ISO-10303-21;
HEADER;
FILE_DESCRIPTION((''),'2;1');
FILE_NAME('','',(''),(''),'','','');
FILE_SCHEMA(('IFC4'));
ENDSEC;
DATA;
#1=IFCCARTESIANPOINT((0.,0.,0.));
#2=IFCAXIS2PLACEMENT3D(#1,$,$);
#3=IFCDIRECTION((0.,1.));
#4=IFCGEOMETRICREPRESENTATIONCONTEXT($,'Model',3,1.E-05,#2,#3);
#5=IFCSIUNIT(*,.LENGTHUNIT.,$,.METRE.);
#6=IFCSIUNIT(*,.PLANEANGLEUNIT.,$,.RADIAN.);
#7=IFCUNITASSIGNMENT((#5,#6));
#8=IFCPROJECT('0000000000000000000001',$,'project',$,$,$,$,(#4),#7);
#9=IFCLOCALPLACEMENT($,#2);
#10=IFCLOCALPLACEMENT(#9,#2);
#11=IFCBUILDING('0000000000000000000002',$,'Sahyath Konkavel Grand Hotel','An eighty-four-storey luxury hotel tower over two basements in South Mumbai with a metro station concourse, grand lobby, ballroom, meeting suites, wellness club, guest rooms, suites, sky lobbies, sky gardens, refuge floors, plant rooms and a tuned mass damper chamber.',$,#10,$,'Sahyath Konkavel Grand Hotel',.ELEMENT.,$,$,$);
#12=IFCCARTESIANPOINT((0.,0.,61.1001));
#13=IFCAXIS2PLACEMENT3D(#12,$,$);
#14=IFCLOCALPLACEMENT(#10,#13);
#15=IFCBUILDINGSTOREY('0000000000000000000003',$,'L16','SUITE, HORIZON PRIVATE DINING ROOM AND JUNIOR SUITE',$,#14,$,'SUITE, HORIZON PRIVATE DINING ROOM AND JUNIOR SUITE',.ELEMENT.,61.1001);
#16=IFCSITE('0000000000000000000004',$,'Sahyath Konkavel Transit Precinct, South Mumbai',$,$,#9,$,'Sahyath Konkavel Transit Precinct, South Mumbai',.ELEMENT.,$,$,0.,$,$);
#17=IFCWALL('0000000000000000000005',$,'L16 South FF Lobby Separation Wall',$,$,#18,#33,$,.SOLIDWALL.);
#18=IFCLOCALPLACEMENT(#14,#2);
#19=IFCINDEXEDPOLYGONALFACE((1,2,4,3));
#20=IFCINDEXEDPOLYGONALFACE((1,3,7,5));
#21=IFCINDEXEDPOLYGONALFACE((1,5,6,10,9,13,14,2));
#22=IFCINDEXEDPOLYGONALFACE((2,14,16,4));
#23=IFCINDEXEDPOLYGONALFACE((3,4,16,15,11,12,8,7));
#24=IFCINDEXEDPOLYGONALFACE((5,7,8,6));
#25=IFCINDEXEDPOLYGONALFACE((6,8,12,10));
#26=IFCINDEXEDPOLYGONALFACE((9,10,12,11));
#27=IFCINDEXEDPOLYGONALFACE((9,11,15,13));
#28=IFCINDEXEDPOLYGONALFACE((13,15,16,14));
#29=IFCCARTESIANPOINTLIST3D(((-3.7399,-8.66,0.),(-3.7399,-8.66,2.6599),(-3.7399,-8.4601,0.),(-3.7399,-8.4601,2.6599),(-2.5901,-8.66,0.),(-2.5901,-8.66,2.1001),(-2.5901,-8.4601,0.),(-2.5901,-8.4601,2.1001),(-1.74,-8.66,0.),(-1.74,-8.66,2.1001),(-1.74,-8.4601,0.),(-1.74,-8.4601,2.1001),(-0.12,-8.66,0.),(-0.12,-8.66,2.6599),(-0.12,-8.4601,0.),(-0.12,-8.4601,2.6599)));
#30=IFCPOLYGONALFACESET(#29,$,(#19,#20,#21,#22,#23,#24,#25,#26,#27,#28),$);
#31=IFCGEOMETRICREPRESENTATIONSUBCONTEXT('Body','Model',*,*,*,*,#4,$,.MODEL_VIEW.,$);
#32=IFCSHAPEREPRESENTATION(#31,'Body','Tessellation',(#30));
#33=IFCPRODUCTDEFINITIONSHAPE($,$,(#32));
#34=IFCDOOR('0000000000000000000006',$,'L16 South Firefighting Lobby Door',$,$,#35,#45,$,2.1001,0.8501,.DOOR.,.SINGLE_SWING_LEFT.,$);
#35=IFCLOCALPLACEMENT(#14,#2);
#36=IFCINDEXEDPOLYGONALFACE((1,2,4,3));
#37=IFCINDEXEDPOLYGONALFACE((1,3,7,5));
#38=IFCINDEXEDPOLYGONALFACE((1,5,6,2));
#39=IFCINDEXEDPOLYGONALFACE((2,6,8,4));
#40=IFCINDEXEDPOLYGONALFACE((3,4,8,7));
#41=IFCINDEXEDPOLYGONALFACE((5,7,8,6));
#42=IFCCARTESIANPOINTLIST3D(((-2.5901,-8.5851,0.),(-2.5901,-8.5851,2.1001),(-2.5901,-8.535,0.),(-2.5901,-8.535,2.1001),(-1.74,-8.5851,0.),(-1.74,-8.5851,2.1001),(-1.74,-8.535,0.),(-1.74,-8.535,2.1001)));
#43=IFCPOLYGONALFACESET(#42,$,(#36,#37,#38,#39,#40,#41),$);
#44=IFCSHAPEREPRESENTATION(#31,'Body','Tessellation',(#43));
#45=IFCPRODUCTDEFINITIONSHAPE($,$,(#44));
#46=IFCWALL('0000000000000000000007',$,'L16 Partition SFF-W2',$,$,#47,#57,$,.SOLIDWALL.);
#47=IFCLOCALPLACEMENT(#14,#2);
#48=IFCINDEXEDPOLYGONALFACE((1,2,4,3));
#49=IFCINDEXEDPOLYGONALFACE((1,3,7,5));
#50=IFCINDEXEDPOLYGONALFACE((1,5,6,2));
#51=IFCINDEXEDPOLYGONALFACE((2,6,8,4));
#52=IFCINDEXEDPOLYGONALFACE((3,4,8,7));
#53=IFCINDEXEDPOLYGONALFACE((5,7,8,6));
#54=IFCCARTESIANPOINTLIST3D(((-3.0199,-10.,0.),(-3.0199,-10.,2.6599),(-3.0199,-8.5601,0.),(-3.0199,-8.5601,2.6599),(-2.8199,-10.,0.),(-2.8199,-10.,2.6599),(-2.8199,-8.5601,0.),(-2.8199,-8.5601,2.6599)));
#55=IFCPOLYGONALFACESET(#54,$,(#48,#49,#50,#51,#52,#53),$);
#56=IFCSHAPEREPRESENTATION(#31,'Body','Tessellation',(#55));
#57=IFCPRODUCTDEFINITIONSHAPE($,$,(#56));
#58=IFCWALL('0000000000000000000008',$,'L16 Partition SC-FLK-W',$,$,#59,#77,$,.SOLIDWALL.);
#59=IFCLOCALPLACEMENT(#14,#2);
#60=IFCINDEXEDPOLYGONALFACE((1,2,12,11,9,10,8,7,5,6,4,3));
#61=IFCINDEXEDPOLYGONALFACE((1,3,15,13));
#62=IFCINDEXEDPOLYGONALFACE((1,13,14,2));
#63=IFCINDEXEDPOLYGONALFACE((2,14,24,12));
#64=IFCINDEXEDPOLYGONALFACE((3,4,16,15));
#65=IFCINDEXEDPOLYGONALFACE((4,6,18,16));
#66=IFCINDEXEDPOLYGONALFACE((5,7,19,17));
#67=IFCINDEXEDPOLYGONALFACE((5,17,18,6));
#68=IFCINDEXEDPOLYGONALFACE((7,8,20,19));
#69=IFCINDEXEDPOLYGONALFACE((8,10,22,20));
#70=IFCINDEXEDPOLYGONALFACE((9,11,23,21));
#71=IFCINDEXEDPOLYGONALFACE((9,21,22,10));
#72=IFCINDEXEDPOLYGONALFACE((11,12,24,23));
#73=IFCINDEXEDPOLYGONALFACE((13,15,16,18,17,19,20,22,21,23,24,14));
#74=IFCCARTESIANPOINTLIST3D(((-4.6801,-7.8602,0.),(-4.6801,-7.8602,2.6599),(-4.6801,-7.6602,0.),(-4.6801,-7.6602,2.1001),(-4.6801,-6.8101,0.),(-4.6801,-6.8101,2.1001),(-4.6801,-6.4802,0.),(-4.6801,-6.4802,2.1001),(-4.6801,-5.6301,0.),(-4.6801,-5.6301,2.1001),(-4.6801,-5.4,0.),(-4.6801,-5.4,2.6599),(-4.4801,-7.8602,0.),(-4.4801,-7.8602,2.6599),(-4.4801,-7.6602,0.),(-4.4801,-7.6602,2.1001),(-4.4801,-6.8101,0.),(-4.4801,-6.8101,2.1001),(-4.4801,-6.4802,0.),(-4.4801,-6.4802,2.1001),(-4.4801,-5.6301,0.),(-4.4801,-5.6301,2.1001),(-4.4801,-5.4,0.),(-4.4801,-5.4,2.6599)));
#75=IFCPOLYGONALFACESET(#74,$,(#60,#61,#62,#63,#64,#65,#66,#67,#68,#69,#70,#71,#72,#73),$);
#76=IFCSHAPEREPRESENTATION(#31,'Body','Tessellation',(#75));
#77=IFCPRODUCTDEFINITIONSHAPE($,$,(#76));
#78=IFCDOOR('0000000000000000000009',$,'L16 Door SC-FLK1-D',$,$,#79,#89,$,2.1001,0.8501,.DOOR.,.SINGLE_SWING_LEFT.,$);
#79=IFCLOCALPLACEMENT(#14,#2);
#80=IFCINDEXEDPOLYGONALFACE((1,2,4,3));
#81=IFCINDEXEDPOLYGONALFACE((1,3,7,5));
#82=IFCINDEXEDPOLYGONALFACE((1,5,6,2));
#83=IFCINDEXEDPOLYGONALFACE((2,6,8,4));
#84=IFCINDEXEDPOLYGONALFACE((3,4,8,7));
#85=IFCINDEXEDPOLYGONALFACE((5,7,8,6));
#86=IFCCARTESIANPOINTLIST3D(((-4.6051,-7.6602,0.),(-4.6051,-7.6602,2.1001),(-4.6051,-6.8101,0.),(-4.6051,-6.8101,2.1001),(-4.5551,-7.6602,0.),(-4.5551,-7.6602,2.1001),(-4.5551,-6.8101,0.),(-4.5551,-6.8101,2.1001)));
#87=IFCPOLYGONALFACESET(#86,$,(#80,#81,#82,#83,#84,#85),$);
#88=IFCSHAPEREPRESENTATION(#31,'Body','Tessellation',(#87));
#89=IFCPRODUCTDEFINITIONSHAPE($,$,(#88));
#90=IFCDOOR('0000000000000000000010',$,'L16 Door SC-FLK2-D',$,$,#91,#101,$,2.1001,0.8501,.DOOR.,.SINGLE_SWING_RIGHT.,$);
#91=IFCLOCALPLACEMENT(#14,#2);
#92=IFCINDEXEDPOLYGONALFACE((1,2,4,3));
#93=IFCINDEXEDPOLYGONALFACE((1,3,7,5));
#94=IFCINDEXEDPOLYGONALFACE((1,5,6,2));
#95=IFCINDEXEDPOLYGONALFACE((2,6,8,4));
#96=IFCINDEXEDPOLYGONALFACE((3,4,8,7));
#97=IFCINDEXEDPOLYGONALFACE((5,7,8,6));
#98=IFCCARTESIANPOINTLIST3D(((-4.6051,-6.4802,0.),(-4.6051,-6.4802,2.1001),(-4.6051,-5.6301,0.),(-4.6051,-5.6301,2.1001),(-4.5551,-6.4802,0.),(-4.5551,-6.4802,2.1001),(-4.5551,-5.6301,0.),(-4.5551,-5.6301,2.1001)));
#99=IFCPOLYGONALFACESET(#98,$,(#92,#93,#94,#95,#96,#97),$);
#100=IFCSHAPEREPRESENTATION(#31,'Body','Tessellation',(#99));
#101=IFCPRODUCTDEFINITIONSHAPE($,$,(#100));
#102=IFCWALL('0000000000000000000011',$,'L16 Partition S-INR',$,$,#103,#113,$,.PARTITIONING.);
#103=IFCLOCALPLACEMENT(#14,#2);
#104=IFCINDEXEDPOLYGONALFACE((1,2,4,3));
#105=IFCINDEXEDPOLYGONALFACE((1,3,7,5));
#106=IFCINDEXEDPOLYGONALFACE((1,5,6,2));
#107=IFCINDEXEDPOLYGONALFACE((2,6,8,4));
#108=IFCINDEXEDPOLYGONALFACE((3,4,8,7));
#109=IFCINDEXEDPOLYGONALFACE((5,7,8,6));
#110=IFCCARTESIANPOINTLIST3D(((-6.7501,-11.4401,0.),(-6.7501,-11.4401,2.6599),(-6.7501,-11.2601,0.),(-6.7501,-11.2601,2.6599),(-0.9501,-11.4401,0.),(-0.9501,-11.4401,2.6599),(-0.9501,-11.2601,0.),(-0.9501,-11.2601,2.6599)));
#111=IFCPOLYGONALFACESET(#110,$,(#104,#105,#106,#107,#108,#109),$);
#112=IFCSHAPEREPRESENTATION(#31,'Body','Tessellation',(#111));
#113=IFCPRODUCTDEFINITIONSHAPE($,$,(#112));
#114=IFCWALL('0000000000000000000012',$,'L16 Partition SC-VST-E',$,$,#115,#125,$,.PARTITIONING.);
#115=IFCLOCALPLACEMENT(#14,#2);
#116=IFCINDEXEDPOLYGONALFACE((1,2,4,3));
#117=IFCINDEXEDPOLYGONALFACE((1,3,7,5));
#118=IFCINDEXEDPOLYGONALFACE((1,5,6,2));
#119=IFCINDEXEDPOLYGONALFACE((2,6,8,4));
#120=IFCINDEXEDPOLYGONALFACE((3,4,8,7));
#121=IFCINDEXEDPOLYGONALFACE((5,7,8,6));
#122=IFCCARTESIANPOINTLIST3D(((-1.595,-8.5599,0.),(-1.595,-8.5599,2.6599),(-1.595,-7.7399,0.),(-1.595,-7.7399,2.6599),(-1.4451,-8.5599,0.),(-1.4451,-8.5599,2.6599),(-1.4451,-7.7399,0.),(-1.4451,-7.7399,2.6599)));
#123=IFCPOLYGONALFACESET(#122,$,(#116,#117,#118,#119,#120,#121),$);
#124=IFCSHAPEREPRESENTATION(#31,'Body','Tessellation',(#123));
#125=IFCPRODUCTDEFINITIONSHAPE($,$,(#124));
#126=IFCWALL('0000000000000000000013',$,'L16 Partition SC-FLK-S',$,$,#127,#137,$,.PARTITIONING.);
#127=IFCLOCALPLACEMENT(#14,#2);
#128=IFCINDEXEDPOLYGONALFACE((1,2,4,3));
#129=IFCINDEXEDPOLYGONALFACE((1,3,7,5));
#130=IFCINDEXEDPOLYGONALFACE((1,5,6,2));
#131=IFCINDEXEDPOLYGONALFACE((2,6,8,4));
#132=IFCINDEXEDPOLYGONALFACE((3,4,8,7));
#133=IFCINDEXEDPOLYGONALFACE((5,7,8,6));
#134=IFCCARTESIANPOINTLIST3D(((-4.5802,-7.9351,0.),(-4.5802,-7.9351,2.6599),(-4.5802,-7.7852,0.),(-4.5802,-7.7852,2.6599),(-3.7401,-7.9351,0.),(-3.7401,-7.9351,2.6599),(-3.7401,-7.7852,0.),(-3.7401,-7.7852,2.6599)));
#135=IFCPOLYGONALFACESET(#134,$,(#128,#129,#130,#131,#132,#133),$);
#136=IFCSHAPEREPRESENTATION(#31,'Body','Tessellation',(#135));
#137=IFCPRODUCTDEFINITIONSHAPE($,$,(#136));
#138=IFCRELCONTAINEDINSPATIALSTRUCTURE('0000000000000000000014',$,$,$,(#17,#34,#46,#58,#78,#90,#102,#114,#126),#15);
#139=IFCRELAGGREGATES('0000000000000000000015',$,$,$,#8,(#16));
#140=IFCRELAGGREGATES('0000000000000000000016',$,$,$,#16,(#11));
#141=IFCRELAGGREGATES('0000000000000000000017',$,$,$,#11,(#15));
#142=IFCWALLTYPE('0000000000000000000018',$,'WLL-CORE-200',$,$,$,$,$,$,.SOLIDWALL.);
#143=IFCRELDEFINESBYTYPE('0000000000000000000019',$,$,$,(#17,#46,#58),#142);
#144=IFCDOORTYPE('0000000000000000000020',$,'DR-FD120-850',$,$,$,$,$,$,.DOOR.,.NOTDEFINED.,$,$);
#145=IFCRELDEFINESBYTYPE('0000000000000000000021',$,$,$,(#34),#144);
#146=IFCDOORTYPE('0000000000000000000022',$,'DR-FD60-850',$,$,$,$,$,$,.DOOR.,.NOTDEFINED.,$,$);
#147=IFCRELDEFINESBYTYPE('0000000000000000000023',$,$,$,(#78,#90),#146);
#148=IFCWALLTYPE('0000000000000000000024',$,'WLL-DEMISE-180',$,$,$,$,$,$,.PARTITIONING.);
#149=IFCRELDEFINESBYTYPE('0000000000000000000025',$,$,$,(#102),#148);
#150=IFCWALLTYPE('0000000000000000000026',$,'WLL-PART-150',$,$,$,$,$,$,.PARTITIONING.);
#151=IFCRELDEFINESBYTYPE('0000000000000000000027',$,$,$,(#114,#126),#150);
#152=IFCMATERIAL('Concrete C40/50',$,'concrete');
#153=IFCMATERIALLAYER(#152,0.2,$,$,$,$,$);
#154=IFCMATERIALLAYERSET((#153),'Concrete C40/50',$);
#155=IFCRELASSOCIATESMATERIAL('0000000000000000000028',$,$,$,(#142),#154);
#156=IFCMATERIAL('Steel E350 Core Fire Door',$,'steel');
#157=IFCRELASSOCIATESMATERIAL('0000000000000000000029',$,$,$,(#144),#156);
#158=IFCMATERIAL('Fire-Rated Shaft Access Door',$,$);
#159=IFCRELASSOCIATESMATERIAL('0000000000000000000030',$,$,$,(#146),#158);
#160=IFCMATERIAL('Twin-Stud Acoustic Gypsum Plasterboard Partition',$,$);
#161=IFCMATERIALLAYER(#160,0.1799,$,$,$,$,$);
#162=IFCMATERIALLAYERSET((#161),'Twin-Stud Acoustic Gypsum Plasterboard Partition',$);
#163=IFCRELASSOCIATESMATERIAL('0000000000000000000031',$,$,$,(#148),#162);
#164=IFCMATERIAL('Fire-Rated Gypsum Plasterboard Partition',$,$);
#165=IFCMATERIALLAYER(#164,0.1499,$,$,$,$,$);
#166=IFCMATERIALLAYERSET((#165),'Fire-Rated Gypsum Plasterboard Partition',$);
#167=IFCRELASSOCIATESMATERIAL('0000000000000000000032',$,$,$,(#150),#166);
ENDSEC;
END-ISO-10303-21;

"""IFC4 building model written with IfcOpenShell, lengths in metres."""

from ifc_helpers import new_model, si_unit, direction, frame, frame_2d, origin, origin_2d, place, context, subcontext, project, spatial, rectangle, extrude, source, transform, mapped, material, layer, layer_set, type_object, element, fill, save


model = new_model("IFC4")

# Units and contexts
model_context = context("Model", 3, precision=1e-05, world=origin(), true_north=direction((0.0, 1.0)))
body_context = subcontext(model_context, "Body", "Model", "MODEL_VIEW")
ifc_project = project(units=[si_unit("LENGTHUNIT", "METRE"), si_unit("PLANEANGLEUNIT", "RADIAN")], contexts=[model_context])

# Site, building, storey
site_placement = place(None, origin())
site = spatial("IfcSite", under=ifc_project, at=site_placement, Name="Sahyath Konkavel Transit Precinct, South Mumbai", LongName="Sahyath Konkavel Transit Precinct, South Mumbai", CompositionType="ELEMENT", RefElevation=0.0)
building_placement = place(site_placement, origin())
building = spatial("IfcBuilding", under=site, at=building_placement, Name="Sahyath Konkavel Grand Hotel", Description="An eighty-four-storey luxury hotel tower over two basements in South Mumbai with a metro station concourse, grand lobby, ballroom, meeting suites, wellness club, guest rooms, suites, sky lobbies, sky gardens, refuge floors, plant rooms and a tuned mass damper chamber.", LongName="Sahyath Konkavel Grand Hotel", CompositionType="ELEMENT")
storey_placement = place(building_placement, frame((0.0, 0.0, 61.1001)))
storey = spatial("IfcBuildingStorey", under=building, at=storey_placement, Name="L16", Description="SUITE, HORIZON PRIVATE DINING ROOM AND JUNIOR SUITE", LongName="SUITE, HORIZON PRIVATE DINING ROOM AND JUNIOR SUITE", CompositionType="ELEMENT", Elevation=61.1001)

# Shared definitions
ifc_material_1 = material(Name="Concrete C40/50", Category="concrete")
ifc_layer_1 = layer(ifc_material_1, 0.2)
ifc_layer_set_1 = layer_set([ifc_layer_1], Name="Concrete C40/50")
wall_type_1 = type_object("IfcWallType", Name="WLL-CORE-200", PredefinedType="SOLIDWALL", material=ifc_layer_set_1)

# Wall, opening, door
wall_1_placement = place(storey_placement, frame((-3.74, -8.5601, 0.0), z_axis=(0.0, 0.0, 1.0), x_axis=(1.0, 0.0, 0.0)))
wall_1 = element("IfcWall", 1, at=wall_1_placement, inside=storey, type_object=wall_type_1, Name="L16 South FF Lobby Separation Wall", PredefinedType="SOLIDWALL", context=body_context, shape_type="SweptSolid", body=[
    extrude(rectangle(XDim=3.6199, YDim=0.2, at=frame_2d((1.8101, 0.0))), origin(), (0.0, 0.0, 1.0), 2.6599),
])
opening_1_placement = place(wall_1_placement, frame((1.1499, 0.0, 0.0)))
opening_1 = element("IfcOpeningElement", 2, at=opening_1_placement, cuts=wall_1, PredefinedType="OPENING", context=body_context, shape_type="SweptSolid", body=[
    extrude(rectangle(XDim=0.8501, YDim=2.1001, at=frame_2d((0.425, 1.05))), frame((0.0, 0.1099, 0.0), z_axis=(0.0, -1.0, 0.0), x_axis=(1.0, 0.0, 0.0)), (0.0, 0.0, 1.0), 0.22),
])
ifc_material_2 = material(Name="Steel E350 Core Fire Door", Category="steel")
door_type_1 = type_object("IfcDoorType", Name="DR-FD120-850", OperationType="NOTDEFINED", PredefinedType="DOOR", material=ifc_material_2)
shared_shape_1 = source(origin(), body_context, "Body", "SweptSolid", [
    extrude(rectangle(XDim=0.8501, YDim=0.05, at=origin_2d()), origin(), (0.0, 0.0, 1.0), 2.1001),
])
door_1_placement = place(opening_1_placement, frame((0.425, 0.0, 0.0)))
door_1 = element("IfcDoor", 3, at=door_1_placement, inside=storey, type_object=door_type_1, Name="L16 South Firefighting Lobby Door", OperationType="SINGLE_SWING_LEFT", OverallHeight=2.1001, OverallWidth=0.8501, PredefinedType="DOOR", context=body_context, shape_type="MappedRepresentation", body=[
    mapped(shared_shape_1, transform((0.0, 0.0, 0.0), scale=1.0)),
])
fill(opening_1, door_1)

# Wall
wall_2_placement = place(storey_placement, frame((-2.9199, -10.0, 0.0), z_axis=(0.0, 0.0, 1.0), x_axis=(0.0, 1.0, 0.0)))
element("IfcWall", 4, at=wall_2_placement, inside=storey, type_object=wall_type_1, Name="L16 Partition SFF-W2", PredefinedType="SOLIDWALL", context=body_context, shape_type="SweptSolid", body=[
    extrude(rectangle(XDim=1.4399, YDim=0.2, at=frame_2d((0.72, 0.0))), origin(), (0.0, 0.0, 1.0), 2.6599),
])

# Wall, openings, doors
wall_3_placement = place(storey_placement, frame((-4.5801, -7.8601, 0.0), z_axis=(0.0, 0.0, 1.0), x_axis=(0.0, 1.0, 0.0)))
wall_3 = element("IfcWall", 5, at=wall_3_placement, inside=storey, type_object=wall_type_1, Name="L16 Partition SC-FLK-W", PredefinedType="SOLIDWALL", context=body_context, shape_type="SweptSolid", body=[
    extrude(rectangle(XDim=2.4602, YDim=0.2, at=frame_2d((1.23, 0.0))), origin(), (0.0, 0.0, 1.0), 2.6599),
])
opening_2_placement = place(wall_3_placement, frame((0.2, 0.0, 0.0)))
opening_2 = element("IfcOpeningElement", 6, at=opening_2_placement, cuts=wall_3, PredefinedType="OPENING", context=body_context, shape_type="SweptSolid", body=[
    extrude(rectangle(XDim=0.8501, YDim=2.1001, at=frame_2d((0.425, 1.05))), frame((0.0, 0.1099, 0.0), z_axis=(0.0, -1.0, 0.0), x_axis=(1.0, 0.0, 0.0)), (0.0, 0.0, 1.0), 0.22),
])
opening_3_placement = place(wall_3_placement, frame((1.3799, 0.0, 0.0)))
opening_3 = element("IfcOpeningElement", 7, at=opening_3_placement, cuts=wall_3, PredefinedType="OPENING", context=body_context, shape_type="SweptSolid", body=[
    extrude(rectangle(XDim=0.8501, YDim=2.1001, at=frame_2d((0.425, 1.05))), frame((0.0, 0.1099, 0.0), z_axis=(0.0, -1.0, 0.0), x_axis=(1.0, 0.0, 0.0)), (0.0, 0.0, 1.0), 0.22),
])
ifc_material_3 = material(Name="Fire-Rated Shaft Access Door")
door_type_2 = type_object("IfcDoorType", Name="DR-FD60-850", OperationType="NOTDEFINED", PredefinedType="DOOR", material=ifc_material_3)
door_2_placement = place(opening_2_placement, frame((0.425, 0.0, 0.0)))
door_2 = element("IfcDoor", 8, at=door_2_placement, inside=storey, type_object=door_type_2, Name="L16 Door SC-FLK1-D", OperationType="SINGLE_SWING_LEFT", OverallHeight=2.1001, OverallWidth=0.8501, PredefinedType="DOOR", context=body_context, shape_type="MappedRepresentation", body=[
    mapped(shared_shape_1, transform((0.0, 0.0, 0.0), scale=1.0)),
])
fill(opening_2, door_2)
door_3_placement = place(opening_3_placement, frame((0.425, 0.0, 0.0)))
door_3 = element("IfcDoor", 9, at=door_3_placement, inside=storey, type_object=door_type_2, Name="L16 Door SC-FLK2-D", OperationType="SINGLE_SWING_RIGHT", OverallHeight=2.1001, OverallWidth=0.8501, PredefinedType="DOOR", context=body_context, shape_type="MappedRepresentation", body=[
    mapped(shared_shape_1, transform((0.0, 0.0, 0.0), scale=1.0)),
])
fill(opening_3, door_3)

# Walls
ifc_material_4 = material(Name="Twin-Stud Acoustic Gypsum Plasterboard Partition")
ifc_layer_2 = layer(ifc_material_4, 0.1799)
ifc_layer_set_2 = layer_set([ifc_layer_2], Name="Twin-Stud Acoustic Gypsum Plasterboard Partition")
wall_type_2 = type_object("IfcWallType", Name="WLL-DEMISE-180", PredefinedType="PARTITIONING", material=ifc_layer_set_2)
wall_4_placement = place(storey_placement, frame((-6.75, -11.3501, 0.0), z_axis=(0.0, 0.0, 1.0), x_axis=(1.0, 0.0, 0.0)))
element("IfcWall", 10, at=wall_4_placement, inside=storey, type_object=wall_type_2, Name="L16 Partition S-INR", PredefinedType="PARTITIONING", context=body_context, shape_type="SweptSolid", body=[
    extrude(rectangle(XDim=5.8, YDim=0.1799, at=frame_2d((2.8999, 0.0))), origin(), (0.0, 0.0, 1.0), 2.6599),
])
ifc_material_5 = material(Name="Fire-Rated Gypsum Plasterboard Partition")
ifc_layer_3 = layer(ifc_material_5, 0.1499)
ifc_layer_set_3 = layer_set([ifc_layer_3], Name="Fire-Rated Gypsum Plasterboard Partition")
wall_type_3 = type_object("IfcWallType", Name="WLL-PART-150", PredefinedType="PARTITIONING", material=ifc_layer_set_3)
wall_5_placement = place(storey_placement, frame((-1.52, -8.5601, 0.0), z_axis=(0.0, 0.0, 1.0), x_axis=(0.0, 1.0, 0.0)))
element("IfcWall", 11, at=wall_5_placement, inside=storey, type_object=wall_type_3, Name="L16 Partition SC-VST-E", PredefinedType="PARTITIONING", context=body_context, shape_type="SweptSolid", body=[
    extrude(rectangle(XDim=0.8201, YDim=0.1499, at=frame_2d((0.4102, 0.0))), origin(), (0.0, 0.0, 1.0), 2.6599),
])
wall_6_placement = place(storey_placement, frame((-4.5801, -7.8601, 0.0), z_axis=(0.0, 0.0, 1.0), x_axis=(1.0, 0.0, 0.0)))
element("IfcWall", 12, at=wall_6_placement, inside=storey, type_object=wall_type_3, Name="L16 Partition SC-FLK-S", PredefinedType="PARTITIONING", context=body_context, shape_type="SweptSolid", body=[
    extrude(rectangle(XDim=0.8401, YDim=0.1499, at=frame_2d((0.4199, 0.0))), origin(), (0.0, 0.0, 1.0), 2.6599),
])

save(model, "model.ifc")
